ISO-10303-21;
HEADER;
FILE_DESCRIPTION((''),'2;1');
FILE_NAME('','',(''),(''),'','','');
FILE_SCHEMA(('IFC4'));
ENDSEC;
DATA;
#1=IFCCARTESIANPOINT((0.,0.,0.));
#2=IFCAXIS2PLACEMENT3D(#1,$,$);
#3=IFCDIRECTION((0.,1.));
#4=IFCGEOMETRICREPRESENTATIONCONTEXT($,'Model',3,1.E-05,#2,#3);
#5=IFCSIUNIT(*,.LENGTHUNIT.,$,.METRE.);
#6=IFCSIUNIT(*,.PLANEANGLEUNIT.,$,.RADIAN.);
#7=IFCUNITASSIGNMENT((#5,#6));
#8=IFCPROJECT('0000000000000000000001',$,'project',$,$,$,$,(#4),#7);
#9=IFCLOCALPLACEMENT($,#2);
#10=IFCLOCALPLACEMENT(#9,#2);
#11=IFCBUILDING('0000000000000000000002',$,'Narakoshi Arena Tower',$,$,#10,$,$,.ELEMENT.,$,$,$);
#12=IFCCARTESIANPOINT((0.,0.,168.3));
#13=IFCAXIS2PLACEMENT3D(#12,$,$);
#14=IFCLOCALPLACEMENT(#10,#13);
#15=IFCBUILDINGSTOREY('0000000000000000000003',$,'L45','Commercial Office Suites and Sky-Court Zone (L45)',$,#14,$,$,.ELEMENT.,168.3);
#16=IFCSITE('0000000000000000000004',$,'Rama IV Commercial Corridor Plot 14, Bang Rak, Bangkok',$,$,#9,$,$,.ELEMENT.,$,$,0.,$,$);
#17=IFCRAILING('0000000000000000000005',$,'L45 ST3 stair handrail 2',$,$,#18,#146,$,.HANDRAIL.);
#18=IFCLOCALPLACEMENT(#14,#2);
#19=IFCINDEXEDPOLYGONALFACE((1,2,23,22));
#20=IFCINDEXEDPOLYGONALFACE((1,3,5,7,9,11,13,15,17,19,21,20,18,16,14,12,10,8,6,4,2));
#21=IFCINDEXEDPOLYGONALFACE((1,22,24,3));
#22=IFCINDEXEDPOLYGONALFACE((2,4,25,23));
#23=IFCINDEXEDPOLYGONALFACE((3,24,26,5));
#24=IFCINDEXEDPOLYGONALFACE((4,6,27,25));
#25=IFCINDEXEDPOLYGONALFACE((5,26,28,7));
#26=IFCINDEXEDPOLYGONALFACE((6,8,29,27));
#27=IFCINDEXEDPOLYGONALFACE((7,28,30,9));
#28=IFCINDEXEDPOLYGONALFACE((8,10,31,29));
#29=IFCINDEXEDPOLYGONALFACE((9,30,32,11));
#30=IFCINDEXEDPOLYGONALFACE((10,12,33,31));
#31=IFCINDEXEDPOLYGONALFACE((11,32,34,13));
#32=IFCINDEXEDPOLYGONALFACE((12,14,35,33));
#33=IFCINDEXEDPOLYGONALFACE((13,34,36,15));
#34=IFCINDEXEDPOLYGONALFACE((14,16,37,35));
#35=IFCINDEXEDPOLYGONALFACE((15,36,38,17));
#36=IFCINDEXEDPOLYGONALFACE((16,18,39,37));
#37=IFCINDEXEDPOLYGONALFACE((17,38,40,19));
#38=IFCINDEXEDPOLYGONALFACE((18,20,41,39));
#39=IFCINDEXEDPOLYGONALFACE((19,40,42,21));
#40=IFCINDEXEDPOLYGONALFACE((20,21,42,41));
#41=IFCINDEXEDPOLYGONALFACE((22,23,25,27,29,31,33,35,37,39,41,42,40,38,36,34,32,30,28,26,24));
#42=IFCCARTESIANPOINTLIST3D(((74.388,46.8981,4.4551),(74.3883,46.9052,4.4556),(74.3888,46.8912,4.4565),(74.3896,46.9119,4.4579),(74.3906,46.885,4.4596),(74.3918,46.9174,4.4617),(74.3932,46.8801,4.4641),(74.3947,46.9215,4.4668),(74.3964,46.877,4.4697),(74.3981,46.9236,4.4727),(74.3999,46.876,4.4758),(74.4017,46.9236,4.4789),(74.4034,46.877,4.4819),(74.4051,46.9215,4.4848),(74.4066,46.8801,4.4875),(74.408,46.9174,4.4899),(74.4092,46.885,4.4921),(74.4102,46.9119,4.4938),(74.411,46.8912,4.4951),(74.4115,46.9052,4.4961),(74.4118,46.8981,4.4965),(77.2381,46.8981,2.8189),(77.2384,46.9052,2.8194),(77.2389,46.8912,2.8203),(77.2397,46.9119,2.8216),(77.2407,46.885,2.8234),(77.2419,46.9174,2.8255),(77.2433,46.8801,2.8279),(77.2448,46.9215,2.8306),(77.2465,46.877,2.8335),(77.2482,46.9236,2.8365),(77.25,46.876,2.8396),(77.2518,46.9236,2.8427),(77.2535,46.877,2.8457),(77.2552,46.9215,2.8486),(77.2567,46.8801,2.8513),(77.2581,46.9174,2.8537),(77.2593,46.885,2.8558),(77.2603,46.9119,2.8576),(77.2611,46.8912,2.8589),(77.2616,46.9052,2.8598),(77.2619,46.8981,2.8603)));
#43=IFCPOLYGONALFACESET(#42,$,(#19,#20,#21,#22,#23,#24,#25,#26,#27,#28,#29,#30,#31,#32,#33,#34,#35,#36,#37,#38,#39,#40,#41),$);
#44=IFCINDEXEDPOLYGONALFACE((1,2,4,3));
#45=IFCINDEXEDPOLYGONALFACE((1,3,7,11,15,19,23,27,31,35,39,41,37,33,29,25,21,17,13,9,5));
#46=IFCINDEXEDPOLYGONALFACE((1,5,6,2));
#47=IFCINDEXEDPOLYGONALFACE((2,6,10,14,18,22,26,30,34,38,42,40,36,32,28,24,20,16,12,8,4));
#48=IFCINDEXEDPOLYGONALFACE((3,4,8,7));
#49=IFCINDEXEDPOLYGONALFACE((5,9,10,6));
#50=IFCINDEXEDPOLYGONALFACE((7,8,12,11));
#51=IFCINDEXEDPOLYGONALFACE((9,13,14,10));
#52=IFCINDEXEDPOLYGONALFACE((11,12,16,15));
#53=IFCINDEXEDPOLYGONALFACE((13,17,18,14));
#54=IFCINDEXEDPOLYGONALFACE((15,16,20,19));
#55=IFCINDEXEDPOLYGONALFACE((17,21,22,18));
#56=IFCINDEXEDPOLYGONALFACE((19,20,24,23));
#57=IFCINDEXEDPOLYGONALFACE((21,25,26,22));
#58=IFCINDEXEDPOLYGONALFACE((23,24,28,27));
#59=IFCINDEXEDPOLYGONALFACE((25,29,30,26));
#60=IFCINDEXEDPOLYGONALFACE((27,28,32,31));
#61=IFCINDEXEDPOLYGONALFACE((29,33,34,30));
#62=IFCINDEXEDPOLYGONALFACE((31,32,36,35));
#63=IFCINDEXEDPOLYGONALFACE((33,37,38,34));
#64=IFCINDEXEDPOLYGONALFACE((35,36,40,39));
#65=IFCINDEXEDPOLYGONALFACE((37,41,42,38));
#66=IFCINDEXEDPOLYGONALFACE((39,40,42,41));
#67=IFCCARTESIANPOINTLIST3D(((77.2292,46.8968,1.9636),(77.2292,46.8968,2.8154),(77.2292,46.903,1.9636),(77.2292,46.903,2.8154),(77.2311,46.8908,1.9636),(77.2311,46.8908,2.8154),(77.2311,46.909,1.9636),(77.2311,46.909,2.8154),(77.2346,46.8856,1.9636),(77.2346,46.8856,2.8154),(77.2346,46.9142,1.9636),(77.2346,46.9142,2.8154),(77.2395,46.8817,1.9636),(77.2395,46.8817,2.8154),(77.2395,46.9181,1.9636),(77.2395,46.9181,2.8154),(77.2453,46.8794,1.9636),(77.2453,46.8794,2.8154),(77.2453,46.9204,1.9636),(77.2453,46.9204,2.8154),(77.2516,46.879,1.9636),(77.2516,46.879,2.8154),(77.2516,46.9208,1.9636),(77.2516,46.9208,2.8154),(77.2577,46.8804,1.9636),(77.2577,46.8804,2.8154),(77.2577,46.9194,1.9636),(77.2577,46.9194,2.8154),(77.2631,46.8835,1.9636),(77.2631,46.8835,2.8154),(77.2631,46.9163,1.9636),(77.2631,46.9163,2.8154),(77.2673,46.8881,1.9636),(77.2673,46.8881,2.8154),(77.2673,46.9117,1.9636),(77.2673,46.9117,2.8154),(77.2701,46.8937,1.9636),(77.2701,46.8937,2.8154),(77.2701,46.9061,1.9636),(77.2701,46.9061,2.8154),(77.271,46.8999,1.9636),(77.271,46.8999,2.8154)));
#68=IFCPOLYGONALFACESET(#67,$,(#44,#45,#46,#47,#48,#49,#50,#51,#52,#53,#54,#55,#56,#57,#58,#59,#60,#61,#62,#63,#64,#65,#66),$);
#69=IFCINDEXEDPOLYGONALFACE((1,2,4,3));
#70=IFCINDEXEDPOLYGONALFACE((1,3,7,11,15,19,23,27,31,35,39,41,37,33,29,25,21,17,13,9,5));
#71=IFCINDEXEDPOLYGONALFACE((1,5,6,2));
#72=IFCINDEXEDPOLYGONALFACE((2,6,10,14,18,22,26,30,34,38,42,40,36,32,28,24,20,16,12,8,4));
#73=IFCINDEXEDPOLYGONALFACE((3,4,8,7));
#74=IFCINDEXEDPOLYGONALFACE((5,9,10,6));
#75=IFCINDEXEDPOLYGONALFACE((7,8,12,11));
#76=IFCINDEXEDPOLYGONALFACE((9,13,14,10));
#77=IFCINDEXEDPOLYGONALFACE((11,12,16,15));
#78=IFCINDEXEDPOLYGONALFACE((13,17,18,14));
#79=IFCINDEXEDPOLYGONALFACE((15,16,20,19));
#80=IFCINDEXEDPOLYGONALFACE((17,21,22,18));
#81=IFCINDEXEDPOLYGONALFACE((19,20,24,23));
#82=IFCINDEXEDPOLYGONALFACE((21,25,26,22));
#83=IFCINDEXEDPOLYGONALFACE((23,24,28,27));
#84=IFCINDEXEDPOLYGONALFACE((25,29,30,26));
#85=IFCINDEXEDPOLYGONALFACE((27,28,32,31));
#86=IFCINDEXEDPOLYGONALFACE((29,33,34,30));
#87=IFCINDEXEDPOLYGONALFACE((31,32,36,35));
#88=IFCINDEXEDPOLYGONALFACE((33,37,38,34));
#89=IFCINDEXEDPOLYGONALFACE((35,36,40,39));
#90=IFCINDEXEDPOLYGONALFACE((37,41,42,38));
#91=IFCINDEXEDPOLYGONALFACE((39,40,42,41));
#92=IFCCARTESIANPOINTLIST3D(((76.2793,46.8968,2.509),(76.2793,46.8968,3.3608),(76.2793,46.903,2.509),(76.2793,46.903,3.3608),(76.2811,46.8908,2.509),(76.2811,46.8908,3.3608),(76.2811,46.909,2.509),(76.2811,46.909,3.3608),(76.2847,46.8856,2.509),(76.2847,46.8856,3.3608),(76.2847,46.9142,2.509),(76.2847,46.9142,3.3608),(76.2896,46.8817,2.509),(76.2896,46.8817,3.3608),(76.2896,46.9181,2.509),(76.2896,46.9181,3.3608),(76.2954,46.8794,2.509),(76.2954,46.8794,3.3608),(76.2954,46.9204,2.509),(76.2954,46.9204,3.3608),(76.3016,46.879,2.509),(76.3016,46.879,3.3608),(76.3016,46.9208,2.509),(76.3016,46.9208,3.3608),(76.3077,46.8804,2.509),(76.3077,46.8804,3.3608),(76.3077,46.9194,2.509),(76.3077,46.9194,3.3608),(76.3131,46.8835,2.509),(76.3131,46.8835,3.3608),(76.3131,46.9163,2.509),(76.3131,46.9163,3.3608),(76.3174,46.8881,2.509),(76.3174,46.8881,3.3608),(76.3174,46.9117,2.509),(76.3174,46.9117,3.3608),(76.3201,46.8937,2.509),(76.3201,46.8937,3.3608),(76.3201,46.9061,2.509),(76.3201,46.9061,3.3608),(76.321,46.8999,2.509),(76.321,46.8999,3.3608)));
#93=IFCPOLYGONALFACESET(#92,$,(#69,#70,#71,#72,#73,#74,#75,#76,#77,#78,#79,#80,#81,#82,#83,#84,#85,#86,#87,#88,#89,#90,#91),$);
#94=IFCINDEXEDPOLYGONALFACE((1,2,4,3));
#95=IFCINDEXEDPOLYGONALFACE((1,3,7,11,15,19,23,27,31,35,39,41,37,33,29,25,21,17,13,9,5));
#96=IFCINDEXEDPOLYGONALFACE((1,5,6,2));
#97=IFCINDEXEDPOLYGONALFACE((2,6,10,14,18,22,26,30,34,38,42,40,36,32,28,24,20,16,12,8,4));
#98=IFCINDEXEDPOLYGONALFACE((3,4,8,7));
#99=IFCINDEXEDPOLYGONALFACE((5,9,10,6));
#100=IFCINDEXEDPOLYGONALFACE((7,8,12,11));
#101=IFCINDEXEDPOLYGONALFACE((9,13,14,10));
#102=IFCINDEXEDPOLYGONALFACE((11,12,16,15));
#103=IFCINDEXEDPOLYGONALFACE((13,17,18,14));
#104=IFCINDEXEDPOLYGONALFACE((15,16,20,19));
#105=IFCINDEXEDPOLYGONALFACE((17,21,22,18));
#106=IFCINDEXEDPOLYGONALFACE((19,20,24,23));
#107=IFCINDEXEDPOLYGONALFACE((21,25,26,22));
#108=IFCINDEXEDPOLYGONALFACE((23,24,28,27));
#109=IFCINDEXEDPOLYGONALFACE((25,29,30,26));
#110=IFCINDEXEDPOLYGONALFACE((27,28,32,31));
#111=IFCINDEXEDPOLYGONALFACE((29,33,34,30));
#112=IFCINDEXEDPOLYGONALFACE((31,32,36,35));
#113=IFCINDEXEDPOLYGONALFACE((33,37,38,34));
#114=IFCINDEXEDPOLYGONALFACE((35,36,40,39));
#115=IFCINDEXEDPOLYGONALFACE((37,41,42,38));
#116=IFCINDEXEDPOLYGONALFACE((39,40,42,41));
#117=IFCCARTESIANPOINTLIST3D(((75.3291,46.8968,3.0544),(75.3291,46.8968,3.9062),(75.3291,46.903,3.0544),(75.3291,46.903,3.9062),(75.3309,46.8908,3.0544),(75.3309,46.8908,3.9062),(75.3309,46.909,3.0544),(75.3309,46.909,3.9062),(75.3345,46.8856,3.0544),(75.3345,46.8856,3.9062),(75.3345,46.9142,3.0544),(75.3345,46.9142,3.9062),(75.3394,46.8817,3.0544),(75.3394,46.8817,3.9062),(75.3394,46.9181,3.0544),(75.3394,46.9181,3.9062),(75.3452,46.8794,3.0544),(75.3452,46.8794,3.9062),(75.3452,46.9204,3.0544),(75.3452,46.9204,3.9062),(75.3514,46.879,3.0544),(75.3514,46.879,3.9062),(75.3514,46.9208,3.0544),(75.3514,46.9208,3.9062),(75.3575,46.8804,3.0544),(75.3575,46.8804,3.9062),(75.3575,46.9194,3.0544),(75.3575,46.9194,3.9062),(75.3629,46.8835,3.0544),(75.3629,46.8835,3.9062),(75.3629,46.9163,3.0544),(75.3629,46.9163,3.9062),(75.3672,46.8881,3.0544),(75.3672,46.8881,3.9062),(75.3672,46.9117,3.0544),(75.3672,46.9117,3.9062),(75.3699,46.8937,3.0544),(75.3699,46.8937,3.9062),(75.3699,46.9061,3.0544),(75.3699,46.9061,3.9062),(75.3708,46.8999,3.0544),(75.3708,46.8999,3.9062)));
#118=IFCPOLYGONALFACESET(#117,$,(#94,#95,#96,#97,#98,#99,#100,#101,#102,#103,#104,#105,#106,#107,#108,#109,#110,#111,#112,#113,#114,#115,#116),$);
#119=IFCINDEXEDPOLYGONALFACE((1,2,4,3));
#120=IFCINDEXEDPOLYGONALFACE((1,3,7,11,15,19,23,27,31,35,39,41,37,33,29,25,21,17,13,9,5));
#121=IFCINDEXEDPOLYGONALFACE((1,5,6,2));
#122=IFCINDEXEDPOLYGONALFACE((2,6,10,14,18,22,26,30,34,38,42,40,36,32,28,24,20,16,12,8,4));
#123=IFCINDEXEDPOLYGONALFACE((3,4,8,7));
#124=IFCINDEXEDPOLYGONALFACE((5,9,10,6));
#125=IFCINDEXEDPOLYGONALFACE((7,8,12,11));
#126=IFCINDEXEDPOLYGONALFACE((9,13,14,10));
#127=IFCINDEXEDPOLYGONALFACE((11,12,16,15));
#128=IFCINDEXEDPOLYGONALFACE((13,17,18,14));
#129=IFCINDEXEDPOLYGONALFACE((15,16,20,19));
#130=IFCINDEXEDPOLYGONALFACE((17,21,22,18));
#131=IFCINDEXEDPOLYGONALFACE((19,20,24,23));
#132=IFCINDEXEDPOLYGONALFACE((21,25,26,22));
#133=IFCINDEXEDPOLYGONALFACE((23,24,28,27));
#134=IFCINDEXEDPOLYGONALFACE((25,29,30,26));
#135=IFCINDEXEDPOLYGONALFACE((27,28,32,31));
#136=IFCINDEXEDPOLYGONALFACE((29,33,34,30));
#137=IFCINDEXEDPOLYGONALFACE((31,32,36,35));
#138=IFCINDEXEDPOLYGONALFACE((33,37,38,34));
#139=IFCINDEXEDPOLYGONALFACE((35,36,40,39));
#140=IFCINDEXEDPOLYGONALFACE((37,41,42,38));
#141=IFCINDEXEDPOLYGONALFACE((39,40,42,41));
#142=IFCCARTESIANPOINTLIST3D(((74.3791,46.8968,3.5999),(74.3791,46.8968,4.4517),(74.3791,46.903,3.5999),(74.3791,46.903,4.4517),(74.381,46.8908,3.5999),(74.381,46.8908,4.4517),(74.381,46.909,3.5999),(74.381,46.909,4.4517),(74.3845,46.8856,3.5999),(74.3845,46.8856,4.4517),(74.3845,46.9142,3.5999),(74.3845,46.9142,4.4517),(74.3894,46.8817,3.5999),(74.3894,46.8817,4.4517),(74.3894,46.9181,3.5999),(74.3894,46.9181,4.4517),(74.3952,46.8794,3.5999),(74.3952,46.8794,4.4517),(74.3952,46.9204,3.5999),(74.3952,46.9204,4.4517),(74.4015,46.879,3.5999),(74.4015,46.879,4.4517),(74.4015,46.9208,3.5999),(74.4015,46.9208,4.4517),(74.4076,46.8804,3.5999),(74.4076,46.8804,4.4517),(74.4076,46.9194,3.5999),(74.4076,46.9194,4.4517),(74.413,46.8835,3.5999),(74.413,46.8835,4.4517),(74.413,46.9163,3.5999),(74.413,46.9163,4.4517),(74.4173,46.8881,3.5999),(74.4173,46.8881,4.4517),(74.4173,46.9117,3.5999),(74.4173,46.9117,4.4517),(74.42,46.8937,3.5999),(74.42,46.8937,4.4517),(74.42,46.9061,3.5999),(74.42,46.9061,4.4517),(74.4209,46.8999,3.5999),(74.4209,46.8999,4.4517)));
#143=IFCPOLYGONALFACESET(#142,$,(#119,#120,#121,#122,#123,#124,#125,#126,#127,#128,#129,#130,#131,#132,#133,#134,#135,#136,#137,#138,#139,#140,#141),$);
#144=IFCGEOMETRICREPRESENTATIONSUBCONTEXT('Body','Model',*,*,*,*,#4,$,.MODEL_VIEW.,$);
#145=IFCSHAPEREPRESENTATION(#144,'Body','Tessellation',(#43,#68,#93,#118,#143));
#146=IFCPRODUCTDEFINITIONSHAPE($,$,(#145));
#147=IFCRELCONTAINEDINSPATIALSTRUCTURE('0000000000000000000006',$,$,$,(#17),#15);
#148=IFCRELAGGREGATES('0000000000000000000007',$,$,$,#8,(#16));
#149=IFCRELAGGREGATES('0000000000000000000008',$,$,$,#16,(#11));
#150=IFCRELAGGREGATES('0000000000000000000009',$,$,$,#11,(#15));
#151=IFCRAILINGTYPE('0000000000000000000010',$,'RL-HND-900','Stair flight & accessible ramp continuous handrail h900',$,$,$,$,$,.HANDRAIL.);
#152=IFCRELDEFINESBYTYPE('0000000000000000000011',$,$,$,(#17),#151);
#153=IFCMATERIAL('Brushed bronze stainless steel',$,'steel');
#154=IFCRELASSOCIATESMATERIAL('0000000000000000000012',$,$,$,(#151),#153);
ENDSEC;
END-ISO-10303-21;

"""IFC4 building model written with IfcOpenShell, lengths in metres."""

from ifc_helpers import new_model, si_unit, direction, frame, origin, origin_2d, place, context, subcontext, project, spatial, circle, extrude, material, type_object, element, save


model = new_model("IFC4")

# Units and contexts
model_context = context("Model", 3, precision=1e-05, world=origin(), true_north=direction((0.0, 1.0)))
body_context = subcontext(model_context, "Body", "Model", "MODEL_VIEW")
ifc_project = project(units=[si_unit("LENGTHUNIT", "METRE"), si_unit("PLANEANGLEUNIT", "RADIAN")], contexts=[model_context])

# Site, building, storey
site_placement = place(None, origin())
site = spatial("IfcSite", under=ifc_project, at=site_placement, Name="Rama IV Commercial Corridor Plot 14, Bang Rak, Bangkok", CompositionType="ELEMENT", RefElevation=0.0)
building_placement = place(site_placement, origin())
building = spatial("IfcBuilding", under=site, at=building_placement, Name="Narakoshi Arena Tower", CompositionType="ELEMENT")
storey_placement = place(building_placement, frame((0.0, 0.0, 168.3)))
storey = spatial("IfcBuildingStorey", under=building, at=storey_placement, Name="L45", Description="Commercial Office Suites and Sky-Court Zone (L45)", CompositionType="ELEMENT", Elevation=168.3)

# Railing
ifc_material_1 = material(Name="Brushed bronze stainless steel", Category="steel")
railing_type_1 = type_object("IfcRailingType", Name="RL-HND-900", Description="Stair flight & accessible ramp continuous handrail h900", PredefinedType="HANDRAIL", material=ifc_material_1)
railing_1_placement = place(storey_placement, frame((77.25, 46.8999, 1.9636)))
element("IfcRailing", 1, at=railing_1_placement, inside=storey, type_object=railing_type_1, Name="L45 ST3 stair handrail 2", PredefinedType="HANDRAIL", context=body_context, shape_type="SweptSolid", body=[
    extrude(circle(Radius=0.0239, at=origin_2d()), frame((0.0, 0.0, 0.876), z_axis=(-0.867245, 0.0, 0.497882), x_axis=(0.0, -1.0, 0.0)), (0.0, 0.0, 1.0), 3.2864),
    extrude(circle(Radius=0.021, at=origin_2d()), origin(), (0.0, 0.0, 1.0), 0.8518),
    extrude(circle(Radius=0.021, at=origin_2d()), frame((-0.95, 0.0, 0.5454)), (0.0, 0.0, 1.0), 0.8518),
    extrude(circle(Radius=0.021, at=origin_2d()), frame((-1.9001, 0.0, 1.0908)), (0.0, 0.0, 1.0), 0.8518),
    extrude(circle(Radius=0.021, at=origin_2d()), frame((-2.8501, 0.0, 1.6362)), (0.0, 0.0, 1.0), 0.8518),
])

save(model, "model.ifc")
